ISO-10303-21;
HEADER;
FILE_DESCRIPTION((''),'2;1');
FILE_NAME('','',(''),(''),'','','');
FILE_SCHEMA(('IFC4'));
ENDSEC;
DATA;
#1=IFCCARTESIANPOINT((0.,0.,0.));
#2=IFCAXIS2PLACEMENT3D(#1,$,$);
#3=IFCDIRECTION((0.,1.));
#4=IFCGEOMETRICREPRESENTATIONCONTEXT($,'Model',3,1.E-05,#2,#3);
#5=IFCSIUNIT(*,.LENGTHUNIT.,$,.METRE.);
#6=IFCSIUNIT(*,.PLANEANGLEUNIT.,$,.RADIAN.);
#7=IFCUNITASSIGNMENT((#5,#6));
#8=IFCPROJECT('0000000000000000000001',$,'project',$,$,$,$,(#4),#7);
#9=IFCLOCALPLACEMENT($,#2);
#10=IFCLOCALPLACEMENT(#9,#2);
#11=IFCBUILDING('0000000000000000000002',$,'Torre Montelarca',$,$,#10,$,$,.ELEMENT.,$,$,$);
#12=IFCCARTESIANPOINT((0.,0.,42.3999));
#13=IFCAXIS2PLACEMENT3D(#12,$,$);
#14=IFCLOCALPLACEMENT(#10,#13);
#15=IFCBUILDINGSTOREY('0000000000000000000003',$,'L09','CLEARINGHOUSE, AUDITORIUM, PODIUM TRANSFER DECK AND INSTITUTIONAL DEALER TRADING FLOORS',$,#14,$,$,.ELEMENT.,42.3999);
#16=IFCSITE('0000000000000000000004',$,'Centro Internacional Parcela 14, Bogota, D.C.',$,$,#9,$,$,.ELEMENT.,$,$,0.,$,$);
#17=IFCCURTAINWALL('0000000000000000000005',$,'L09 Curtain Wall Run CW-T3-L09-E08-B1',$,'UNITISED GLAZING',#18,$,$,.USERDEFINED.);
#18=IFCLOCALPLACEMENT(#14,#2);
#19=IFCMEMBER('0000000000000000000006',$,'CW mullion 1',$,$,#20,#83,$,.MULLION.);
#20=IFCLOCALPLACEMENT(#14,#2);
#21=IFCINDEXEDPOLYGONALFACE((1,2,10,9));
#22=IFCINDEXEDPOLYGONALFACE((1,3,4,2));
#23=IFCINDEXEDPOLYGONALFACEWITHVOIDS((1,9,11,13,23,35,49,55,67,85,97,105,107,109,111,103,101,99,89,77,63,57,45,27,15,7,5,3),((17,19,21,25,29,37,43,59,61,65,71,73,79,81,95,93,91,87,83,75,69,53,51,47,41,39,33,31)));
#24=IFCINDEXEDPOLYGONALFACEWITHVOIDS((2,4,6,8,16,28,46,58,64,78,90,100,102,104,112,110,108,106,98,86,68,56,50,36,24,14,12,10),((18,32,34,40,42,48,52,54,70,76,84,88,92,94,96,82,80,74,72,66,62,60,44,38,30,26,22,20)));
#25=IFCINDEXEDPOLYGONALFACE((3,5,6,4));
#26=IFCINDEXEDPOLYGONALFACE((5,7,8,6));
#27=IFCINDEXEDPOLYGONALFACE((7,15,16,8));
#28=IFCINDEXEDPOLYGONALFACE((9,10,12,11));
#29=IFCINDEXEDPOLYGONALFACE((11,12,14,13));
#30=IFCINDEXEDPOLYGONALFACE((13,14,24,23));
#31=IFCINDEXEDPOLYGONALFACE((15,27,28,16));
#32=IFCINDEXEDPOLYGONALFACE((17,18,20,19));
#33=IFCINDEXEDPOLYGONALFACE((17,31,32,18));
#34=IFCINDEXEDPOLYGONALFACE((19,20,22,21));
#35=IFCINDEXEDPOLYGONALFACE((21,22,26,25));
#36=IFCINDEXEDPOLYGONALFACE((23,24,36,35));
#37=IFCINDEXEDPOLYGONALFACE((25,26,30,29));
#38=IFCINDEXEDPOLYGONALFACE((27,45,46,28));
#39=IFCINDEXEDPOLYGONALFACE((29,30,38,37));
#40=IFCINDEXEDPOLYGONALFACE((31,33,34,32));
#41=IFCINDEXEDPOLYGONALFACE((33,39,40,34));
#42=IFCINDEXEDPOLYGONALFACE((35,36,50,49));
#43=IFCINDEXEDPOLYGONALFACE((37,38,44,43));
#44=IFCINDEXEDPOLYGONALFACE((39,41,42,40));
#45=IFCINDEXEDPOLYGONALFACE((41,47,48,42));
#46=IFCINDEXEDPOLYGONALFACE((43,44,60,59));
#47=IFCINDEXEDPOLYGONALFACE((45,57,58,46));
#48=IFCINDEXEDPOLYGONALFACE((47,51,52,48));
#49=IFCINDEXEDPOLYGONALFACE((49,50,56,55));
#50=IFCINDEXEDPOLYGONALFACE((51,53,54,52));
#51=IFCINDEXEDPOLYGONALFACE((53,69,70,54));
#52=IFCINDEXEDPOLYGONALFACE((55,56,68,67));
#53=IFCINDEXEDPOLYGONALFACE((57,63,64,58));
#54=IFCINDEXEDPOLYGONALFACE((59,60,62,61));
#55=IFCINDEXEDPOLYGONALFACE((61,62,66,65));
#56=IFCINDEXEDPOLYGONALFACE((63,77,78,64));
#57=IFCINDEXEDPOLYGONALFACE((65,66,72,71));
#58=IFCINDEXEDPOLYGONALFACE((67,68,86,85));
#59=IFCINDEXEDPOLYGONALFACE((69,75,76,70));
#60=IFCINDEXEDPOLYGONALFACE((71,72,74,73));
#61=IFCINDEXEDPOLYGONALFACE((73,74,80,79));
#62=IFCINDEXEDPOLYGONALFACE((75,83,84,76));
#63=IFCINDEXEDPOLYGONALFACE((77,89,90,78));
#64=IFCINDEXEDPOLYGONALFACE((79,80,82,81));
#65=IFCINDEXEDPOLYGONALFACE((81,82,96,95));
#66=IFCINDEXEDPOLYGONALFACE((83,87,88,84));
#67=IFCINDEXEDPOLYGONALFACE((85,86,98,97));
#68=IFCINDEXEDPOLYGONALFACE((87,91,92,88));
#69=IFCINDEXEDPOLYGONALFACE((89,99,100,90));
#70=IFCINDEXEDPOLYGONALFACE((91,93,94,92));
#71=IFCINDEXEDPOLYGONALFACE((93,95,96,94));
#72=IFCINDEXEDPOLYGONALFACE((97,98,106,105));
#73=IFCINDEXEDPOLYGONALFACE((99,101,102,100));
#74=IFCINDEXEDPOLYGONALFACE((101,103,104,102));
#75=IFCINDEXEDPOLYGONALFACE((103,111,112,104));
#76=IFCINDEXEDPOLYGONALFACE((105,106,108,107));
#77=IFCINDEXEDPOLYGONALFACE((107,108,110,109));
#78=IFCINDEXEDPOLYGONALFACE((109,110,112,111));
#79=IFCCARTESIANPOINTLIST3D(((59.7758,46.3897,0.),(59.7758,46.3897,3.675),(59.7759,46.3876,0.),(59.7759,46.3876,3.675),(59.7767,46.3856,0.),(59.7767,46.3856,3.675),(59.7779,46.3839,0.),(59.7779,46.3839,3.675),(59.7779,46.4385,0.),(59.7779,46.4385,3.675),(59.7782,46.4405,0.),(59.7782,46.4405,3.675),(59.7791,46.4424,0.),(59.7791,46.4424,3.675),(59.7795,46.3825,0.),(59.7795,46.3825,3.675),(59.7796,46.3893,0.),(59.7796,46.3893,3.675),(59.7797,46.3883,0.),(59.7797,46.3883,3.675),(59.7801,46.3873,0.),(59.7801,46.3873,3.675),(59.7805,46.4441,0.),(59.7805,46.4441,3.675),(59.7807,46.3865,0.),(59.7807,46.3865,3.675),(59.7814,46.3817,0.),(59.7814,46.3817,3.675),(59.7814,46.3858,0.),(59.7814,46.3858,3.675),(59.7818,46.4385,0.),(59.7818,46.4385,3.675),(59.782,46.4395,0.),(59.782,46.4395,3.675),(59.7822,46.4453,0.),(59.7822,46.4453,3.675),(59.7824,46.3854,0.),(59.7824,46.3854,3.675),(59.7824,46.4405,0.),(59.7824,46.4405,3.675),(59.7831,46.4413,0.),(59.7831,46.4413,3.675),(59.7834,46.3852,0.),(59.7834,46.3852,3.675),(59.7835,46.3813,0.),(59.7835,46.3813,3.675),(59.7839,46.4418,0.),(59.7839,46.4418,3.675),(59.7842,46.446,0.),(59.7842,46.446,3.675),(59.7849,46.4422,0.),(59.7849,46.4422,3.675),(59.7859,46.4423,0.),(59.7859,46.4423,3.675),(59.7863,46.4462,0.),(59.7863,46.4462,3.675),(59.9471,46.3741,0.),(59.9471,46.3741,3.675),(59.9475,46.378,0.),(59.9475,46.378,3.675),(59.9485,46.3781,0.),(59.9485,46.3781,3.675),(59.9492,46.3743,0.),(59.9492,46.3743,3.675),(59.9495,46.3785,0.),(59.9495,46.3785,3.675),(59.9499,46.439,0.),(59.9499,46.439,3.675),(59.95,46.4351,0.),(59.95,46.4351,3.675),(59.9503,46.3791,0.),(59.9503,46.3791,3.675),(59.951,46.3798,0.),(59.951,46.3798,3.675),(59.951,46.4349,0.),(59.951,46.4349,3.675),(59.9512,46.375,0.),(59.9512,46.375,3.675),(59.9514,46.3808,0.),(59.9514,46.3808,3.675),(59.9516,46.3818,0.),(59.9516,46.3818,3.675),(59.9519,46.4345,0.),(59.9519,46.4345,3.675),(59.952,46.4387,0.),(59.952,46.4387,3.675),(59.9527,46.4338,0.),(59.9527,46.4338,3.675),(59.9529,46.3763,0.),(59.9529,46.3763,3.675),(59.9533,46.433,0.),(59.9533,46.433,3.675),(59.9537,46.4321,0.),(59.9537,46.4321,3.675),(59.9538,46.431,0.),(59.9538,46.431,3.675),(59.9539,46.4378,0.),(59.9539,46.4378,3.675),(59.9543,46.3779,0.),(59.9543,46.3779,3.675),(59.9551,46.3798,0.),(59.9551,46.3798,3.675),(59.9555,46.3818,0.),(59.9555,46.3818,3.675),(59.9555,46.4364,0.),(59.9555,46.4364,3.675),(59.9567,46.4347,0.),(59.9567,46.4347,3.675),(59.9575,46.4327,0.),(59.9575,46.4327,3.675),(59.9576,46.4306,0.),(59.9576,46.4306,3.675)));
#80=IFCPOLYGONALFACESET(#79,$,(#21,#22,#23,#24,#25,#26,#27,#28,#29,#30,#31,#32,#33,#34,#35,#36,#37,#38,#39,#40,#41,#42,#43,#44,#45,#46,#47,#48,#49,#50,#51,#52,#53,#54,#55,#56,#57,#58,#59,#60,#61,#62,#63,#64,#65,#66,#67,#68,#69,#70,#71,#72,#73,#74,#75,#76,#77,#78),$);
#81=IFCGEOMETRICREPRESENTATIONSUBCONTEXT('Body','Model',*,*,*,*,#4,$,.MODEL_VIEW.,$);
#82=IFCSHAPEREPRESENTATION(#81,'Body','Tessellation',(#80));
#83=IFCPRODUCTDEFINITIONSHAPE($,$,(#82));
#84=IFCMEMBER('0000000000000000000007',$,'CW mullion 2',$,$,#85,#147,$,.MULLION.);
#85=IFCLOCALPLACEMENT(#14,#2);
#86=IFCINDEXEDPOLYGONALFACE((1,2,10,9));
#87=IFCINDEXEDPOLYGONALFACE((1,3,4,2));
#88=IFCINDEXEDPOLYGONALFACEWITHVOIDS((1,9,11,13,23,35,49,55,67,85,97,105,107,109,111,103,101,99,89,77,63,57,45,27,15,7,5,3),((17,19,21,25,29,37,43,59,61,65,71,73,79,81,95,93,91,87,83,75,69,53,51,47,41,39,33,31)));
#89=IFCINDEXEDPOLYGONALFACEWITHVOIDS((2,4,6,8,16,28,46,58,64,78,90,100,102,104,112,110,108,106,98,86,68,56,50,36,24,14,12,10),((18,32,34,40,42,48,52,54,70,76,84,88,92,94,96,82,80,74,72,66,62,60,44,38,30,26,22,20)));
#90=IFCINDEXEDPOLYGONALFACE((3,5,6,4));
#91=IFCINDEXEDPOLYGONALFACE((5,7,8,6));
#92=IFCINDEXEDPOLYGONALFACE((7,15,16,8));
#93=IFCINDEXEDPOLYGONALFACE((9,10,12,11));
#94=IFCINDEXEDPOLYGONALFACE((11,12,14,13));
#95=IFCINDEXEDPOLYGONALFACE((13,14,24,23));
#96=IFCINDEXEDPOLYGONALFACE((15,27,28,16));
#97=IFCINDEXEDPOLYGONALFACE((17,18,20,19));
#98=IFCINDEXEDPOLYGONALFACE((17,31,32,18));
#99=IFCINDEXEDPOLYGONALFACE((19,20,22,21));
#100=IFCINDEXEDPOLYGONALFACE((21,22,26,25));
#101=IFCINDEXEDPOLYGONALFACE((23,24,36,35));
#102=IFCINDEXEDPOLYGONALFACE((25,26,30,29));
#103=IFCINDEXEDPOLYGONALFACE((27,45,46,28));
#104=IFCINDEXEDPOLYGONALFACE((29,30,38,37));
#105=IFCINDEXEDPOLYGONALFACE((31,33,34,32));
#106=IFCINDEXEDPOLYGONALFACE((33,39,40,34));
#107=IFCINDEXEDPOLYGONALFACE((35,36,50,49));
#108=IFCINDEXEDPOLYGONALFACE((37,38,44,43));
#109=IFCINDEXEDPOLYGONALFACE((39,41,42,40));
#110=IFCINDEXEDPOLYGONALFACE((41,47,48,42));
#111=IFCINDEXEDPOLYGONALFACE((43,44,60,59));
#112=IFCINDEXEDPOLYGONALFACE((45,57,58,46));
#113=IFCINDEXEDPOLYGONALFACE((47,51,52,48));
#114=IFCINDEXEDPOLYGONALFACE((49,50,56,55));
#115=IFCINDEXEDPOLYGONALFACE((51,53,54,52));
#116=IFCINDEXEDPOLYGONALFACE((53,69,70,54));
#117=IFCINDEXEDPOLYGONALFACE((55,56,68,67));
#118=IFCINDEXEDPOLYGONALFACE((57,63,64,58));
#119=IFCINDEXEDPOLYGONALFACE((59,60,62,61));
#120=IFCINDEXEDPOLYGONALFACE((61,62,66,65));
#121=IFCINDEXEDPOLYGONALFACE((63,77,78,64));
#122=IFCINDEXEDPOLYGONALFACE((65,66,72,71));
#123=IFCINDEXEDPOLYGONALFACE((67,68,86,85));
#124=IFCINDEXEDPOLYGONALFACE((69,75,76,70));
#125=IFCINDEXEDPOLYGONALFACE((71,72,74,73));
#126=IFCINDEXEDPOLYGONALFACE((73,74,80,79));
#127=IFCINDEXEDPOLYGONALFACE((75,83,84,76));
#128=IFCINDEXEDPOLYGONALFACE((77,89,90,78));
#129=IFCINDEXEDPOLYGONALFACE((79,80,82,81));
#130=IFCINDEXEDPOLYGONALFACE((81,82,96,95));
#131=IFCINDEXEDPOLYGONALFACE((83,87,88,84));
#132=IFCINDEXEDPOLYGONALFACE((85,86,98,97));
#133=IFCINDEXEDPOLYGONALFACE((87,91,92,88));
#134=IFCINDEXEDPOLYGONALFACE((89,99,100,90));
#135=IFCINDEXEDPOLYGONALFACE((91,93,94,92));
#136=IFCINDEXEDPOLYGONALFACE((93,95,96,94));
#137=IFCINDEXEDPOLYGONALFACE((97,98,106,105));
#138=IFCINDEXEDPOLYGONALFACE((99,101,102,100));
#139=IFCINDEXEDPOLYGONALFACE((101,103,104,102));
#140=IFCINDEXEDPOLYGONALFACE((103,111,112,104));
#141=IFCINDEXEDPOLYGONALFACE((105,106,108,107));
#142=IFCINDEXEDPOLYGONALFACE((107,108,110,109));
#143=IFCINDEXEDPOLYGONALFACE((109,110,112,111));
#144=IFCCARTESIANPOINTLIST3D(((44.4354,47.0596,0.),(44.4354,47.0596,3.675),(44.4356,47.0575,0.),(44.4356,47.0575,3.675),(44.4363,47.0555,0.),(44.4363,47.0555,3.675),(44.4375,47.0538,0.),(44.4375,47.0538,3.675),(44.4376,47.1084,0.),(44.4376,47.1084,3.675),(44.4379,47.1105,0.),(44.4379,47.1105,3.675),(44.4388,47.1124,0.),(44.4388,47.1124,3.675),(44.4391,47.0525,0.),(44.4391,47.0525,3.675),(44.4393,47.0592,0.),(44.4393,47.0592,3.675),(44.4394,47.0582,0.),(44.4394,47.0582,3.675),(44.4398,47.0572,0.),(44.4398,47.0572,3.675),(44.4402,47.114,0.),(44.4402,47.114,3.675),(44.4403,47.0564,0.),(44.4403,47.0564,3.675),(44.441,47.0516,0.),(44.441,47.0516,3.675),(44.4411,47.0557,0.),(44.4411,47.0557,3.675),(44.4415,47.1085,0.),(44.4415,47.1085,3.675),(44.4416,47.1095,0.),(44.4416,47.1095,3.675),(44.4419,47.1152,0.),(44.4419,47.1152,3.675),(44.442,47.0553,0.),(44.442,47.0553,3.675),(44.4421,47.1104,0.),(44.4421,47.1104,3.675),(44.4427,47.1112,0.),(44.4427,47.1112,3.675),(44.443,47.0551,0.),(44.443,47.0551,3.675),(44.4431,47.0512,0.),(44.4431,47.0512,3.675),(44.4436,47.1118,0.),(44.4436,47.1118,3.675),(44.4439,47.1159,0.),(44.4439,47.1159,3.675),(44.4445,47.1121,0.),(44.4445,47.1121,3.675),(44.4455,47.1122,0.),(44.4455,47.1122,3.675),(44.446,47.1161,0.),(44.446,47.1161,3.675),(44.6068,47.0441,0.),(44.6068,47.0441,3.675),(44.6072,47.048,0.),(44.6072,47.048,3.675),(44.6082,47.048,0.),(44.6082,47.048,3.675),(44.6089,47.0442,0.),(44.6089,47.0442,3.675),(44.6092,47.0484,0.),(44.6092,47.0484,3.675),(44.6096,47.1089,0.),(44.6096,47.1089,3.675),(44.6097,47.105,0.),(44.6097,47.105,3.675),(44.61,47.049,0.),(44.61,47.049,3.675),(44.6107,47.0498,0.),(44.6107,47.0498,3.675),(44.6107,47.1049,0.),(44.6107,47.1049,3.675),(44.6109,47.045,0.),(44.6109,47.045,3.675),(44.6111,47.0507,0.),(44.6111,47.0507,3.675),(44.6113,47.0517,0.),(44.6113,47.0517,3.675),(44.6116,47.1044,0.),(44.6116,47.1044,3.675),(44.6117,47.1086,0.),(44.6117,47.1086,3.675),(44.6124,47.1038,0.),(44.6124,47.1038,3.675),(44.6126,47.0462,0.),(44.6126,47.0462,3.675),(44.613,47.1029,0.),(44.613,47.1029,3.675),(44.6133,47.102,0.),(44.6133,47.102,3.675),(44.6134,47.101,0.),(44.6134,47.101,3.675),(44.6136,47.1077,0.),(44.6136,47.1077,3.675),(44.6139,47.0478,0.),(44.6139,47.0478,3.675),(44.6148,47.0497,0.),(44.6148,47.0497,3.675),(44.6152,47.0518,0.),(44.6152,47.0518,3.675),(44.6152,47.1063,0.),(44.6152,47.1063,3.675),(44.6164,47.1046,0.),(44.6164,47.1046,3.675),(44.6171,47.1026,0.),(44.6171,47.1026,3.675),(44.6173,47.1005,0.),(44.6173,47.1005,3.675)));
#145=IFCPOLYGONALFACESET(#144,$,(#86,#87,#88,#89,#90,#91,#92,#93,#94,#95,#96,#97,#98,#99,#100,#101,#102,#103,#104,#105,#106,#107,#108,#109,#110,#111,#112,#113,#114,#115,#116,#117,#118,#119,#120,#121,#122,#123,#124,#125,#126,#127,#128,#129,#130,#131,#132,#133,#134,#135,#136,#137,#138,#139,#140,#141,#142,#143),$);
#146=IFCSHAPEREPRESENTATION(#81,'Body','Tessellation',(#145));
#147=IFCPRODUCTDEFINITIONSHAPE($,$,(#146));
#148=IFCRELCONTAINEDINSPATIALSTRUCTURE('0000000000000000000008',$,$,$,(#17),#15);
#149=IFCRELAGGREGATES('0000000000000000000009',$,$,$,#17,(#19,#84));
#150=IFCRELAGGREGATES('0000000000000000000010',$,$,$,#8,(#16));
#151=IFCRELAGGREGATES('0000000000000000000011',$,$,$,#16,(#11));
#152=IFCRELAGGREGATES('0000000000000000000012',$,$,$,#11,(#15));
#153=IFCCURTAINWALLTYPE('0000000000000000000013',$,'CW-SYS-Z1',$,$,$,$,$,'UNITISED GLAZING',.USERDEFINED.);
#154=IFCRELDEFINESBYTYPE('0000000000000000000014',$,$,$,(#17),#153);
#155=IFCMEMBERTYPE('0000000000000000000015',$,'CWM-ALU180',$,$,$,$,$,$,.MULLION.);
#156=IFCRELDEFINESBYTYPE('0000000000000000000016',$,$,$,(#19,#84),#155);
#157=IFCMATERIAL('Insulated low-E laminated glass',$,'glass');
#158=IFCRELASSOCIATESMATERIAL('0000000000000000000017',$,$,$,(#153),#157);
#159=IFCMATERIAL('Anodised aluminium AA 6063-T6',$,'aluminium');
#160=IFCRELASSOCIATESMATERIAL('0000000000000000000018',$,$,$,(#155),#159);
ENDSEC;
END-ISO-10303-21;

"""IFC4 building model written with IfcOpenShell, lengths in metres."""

from ifc_helpers import new_model, si_unit, direction, frame, origin, origin_2d, place, context, subcontext, project, spatial, hollow_rectangle, extrude, source, transform, mapped, material, material_profile, profile_set, type_object, element, aggregate, save


model = new_model("IFC4")

# Units and contexts
model_context = context("Model", 3, precision=1e-05, world=origin(), true_north=direction((0.0, 1.0)))
body_context = subcontext(model_context, "Body", "Model", "MODEL_VIEW")
ifc_project = project(units=[si_unit("LENGTHUNIT", "METRE"), si_unit("PLANEANGLEUNIT", "RADIAN")], contexts=[model_context])

# Site, building, storey
site_placement = place(None, origin())
site = spatial("IfcSite", under=ifc_project, at=site_placement, Name="Centro Internacional Parcela 14, Bogota, D.C.", CompositionType="ELEMENT", RefElevation=0.0)
building_placement = place(site_placement, origin())
building = spatial("IfcBuilding", under=site, at=building_placement, Name="Torre Montelarca", CompositionType="ELEMENT")
storey_placement = place(building_placement, frame((0.0, 0.0, 42.3999)))
storey = spatial("IfcBuildingStorey", under=building, at=storey_placement, Name="L09", Description="CLEARINGHOUSE, AUDITORIUM, PODIUM TRANSFER DECK AND INSTITUTIONAL DEALER TRADING FLOORS", CompositionType="ELEMENT", Elevation=42.3999)

# Shared definitions
ifc_material_1 = material(Name="Insulated low-E laminated glass", Category="glass")
curtain_wall_type = type_object("IfcCurtainWallType", Name="CW-SYS-Z1", ElementType="UNITISED GLAZING", PredefinedType="USERDEFINED", material=ifc_material_1)
ifc_material_2 = material(Name="Anodised aluminium AA 6063-T6", Category="aluminium")
ifc_material_profile_1 = material_profile(ifc_material_2, hollow_rectangle(XDim=0.0649, YDim=0.1799, WallThickness=0.0039, InnerFilletRadius=0.0039, OuterFilletRadius=0.0081, at=origin_2d()), Name="ALU65X180X4", Category="aluminium")
ifc_profile_set_1 = profile_set([ifc_material_profile_1], Name="Anodised aluminium AA 6063-T6")
member_type_1 = type_object("IfcMemberType", Name="CWM-ALU180", PredefinedType="MULLION", material=ifc_profile_set_1)

# Curtain wall, members
curtain_wall_1_placement = place(storey_placement, origin())
curtain_wall_1 = element("IfcCurtainWall", 1, at=curtain_wall_1_placement, inside=storey, type_object=curtain_wall_type, Name="L09 Curtain Wall Run CW-T3-L09-E08-B1", ObjectType="UNITISED GLAZING", PredefinedType="USERDEFINED")
shared_shape_1 = source(origin(), body_context, "Body", "SweptSolid", [
    extrude(hollow_rectangle(XDim=0.0649, YDim=0.1799, WallThickness=0.0039, InnerFilletRadius=0.0039, OuterFilletRadius=0.0081, at=origin_2d()), origin(), (0.0, 0.0, 1.0), 3.675),
])
member_1_placement = place(storey_placement, frame((59.8667, 46.4102, 0.0), z_axis=(0.0, 0.0, 1.0), x_axis=(-0.04362, -0.999048, 0.0)))
member_1 = element("IfcMember", 2, at=member_1_placement, type_object=member_type_1, Name="CW mullion 1", PredefinedType="MULLION", context=body_context, shape_type="MappedRepresentation", body=[
    mapped(shared_shape_1, transform((0.0, 0.0, 0.0), scale=1.0)),
])
member_2_placement = place(storey_placement, frame((44.5264, 47.0801, 0.0), z_axis=(0.0, 0.0, 1.0), x_axis=(-0.04362, -0.999048, 0.0)))
member_2 = element("IfcMember", 3, at=member_2_placement, type_object=member_type_1, Name="CW mullion 2", PredefinedType="MULLION", context=body_context, shape_type="MappedRepresentation", body=[
    mapped(shared_shape_1, transform((0.0, 0.0, 0.0), scale=1.0)),
])

aggregate(curtain_wall_1, [member_1, member_2])

save(model, "model.ifc")
